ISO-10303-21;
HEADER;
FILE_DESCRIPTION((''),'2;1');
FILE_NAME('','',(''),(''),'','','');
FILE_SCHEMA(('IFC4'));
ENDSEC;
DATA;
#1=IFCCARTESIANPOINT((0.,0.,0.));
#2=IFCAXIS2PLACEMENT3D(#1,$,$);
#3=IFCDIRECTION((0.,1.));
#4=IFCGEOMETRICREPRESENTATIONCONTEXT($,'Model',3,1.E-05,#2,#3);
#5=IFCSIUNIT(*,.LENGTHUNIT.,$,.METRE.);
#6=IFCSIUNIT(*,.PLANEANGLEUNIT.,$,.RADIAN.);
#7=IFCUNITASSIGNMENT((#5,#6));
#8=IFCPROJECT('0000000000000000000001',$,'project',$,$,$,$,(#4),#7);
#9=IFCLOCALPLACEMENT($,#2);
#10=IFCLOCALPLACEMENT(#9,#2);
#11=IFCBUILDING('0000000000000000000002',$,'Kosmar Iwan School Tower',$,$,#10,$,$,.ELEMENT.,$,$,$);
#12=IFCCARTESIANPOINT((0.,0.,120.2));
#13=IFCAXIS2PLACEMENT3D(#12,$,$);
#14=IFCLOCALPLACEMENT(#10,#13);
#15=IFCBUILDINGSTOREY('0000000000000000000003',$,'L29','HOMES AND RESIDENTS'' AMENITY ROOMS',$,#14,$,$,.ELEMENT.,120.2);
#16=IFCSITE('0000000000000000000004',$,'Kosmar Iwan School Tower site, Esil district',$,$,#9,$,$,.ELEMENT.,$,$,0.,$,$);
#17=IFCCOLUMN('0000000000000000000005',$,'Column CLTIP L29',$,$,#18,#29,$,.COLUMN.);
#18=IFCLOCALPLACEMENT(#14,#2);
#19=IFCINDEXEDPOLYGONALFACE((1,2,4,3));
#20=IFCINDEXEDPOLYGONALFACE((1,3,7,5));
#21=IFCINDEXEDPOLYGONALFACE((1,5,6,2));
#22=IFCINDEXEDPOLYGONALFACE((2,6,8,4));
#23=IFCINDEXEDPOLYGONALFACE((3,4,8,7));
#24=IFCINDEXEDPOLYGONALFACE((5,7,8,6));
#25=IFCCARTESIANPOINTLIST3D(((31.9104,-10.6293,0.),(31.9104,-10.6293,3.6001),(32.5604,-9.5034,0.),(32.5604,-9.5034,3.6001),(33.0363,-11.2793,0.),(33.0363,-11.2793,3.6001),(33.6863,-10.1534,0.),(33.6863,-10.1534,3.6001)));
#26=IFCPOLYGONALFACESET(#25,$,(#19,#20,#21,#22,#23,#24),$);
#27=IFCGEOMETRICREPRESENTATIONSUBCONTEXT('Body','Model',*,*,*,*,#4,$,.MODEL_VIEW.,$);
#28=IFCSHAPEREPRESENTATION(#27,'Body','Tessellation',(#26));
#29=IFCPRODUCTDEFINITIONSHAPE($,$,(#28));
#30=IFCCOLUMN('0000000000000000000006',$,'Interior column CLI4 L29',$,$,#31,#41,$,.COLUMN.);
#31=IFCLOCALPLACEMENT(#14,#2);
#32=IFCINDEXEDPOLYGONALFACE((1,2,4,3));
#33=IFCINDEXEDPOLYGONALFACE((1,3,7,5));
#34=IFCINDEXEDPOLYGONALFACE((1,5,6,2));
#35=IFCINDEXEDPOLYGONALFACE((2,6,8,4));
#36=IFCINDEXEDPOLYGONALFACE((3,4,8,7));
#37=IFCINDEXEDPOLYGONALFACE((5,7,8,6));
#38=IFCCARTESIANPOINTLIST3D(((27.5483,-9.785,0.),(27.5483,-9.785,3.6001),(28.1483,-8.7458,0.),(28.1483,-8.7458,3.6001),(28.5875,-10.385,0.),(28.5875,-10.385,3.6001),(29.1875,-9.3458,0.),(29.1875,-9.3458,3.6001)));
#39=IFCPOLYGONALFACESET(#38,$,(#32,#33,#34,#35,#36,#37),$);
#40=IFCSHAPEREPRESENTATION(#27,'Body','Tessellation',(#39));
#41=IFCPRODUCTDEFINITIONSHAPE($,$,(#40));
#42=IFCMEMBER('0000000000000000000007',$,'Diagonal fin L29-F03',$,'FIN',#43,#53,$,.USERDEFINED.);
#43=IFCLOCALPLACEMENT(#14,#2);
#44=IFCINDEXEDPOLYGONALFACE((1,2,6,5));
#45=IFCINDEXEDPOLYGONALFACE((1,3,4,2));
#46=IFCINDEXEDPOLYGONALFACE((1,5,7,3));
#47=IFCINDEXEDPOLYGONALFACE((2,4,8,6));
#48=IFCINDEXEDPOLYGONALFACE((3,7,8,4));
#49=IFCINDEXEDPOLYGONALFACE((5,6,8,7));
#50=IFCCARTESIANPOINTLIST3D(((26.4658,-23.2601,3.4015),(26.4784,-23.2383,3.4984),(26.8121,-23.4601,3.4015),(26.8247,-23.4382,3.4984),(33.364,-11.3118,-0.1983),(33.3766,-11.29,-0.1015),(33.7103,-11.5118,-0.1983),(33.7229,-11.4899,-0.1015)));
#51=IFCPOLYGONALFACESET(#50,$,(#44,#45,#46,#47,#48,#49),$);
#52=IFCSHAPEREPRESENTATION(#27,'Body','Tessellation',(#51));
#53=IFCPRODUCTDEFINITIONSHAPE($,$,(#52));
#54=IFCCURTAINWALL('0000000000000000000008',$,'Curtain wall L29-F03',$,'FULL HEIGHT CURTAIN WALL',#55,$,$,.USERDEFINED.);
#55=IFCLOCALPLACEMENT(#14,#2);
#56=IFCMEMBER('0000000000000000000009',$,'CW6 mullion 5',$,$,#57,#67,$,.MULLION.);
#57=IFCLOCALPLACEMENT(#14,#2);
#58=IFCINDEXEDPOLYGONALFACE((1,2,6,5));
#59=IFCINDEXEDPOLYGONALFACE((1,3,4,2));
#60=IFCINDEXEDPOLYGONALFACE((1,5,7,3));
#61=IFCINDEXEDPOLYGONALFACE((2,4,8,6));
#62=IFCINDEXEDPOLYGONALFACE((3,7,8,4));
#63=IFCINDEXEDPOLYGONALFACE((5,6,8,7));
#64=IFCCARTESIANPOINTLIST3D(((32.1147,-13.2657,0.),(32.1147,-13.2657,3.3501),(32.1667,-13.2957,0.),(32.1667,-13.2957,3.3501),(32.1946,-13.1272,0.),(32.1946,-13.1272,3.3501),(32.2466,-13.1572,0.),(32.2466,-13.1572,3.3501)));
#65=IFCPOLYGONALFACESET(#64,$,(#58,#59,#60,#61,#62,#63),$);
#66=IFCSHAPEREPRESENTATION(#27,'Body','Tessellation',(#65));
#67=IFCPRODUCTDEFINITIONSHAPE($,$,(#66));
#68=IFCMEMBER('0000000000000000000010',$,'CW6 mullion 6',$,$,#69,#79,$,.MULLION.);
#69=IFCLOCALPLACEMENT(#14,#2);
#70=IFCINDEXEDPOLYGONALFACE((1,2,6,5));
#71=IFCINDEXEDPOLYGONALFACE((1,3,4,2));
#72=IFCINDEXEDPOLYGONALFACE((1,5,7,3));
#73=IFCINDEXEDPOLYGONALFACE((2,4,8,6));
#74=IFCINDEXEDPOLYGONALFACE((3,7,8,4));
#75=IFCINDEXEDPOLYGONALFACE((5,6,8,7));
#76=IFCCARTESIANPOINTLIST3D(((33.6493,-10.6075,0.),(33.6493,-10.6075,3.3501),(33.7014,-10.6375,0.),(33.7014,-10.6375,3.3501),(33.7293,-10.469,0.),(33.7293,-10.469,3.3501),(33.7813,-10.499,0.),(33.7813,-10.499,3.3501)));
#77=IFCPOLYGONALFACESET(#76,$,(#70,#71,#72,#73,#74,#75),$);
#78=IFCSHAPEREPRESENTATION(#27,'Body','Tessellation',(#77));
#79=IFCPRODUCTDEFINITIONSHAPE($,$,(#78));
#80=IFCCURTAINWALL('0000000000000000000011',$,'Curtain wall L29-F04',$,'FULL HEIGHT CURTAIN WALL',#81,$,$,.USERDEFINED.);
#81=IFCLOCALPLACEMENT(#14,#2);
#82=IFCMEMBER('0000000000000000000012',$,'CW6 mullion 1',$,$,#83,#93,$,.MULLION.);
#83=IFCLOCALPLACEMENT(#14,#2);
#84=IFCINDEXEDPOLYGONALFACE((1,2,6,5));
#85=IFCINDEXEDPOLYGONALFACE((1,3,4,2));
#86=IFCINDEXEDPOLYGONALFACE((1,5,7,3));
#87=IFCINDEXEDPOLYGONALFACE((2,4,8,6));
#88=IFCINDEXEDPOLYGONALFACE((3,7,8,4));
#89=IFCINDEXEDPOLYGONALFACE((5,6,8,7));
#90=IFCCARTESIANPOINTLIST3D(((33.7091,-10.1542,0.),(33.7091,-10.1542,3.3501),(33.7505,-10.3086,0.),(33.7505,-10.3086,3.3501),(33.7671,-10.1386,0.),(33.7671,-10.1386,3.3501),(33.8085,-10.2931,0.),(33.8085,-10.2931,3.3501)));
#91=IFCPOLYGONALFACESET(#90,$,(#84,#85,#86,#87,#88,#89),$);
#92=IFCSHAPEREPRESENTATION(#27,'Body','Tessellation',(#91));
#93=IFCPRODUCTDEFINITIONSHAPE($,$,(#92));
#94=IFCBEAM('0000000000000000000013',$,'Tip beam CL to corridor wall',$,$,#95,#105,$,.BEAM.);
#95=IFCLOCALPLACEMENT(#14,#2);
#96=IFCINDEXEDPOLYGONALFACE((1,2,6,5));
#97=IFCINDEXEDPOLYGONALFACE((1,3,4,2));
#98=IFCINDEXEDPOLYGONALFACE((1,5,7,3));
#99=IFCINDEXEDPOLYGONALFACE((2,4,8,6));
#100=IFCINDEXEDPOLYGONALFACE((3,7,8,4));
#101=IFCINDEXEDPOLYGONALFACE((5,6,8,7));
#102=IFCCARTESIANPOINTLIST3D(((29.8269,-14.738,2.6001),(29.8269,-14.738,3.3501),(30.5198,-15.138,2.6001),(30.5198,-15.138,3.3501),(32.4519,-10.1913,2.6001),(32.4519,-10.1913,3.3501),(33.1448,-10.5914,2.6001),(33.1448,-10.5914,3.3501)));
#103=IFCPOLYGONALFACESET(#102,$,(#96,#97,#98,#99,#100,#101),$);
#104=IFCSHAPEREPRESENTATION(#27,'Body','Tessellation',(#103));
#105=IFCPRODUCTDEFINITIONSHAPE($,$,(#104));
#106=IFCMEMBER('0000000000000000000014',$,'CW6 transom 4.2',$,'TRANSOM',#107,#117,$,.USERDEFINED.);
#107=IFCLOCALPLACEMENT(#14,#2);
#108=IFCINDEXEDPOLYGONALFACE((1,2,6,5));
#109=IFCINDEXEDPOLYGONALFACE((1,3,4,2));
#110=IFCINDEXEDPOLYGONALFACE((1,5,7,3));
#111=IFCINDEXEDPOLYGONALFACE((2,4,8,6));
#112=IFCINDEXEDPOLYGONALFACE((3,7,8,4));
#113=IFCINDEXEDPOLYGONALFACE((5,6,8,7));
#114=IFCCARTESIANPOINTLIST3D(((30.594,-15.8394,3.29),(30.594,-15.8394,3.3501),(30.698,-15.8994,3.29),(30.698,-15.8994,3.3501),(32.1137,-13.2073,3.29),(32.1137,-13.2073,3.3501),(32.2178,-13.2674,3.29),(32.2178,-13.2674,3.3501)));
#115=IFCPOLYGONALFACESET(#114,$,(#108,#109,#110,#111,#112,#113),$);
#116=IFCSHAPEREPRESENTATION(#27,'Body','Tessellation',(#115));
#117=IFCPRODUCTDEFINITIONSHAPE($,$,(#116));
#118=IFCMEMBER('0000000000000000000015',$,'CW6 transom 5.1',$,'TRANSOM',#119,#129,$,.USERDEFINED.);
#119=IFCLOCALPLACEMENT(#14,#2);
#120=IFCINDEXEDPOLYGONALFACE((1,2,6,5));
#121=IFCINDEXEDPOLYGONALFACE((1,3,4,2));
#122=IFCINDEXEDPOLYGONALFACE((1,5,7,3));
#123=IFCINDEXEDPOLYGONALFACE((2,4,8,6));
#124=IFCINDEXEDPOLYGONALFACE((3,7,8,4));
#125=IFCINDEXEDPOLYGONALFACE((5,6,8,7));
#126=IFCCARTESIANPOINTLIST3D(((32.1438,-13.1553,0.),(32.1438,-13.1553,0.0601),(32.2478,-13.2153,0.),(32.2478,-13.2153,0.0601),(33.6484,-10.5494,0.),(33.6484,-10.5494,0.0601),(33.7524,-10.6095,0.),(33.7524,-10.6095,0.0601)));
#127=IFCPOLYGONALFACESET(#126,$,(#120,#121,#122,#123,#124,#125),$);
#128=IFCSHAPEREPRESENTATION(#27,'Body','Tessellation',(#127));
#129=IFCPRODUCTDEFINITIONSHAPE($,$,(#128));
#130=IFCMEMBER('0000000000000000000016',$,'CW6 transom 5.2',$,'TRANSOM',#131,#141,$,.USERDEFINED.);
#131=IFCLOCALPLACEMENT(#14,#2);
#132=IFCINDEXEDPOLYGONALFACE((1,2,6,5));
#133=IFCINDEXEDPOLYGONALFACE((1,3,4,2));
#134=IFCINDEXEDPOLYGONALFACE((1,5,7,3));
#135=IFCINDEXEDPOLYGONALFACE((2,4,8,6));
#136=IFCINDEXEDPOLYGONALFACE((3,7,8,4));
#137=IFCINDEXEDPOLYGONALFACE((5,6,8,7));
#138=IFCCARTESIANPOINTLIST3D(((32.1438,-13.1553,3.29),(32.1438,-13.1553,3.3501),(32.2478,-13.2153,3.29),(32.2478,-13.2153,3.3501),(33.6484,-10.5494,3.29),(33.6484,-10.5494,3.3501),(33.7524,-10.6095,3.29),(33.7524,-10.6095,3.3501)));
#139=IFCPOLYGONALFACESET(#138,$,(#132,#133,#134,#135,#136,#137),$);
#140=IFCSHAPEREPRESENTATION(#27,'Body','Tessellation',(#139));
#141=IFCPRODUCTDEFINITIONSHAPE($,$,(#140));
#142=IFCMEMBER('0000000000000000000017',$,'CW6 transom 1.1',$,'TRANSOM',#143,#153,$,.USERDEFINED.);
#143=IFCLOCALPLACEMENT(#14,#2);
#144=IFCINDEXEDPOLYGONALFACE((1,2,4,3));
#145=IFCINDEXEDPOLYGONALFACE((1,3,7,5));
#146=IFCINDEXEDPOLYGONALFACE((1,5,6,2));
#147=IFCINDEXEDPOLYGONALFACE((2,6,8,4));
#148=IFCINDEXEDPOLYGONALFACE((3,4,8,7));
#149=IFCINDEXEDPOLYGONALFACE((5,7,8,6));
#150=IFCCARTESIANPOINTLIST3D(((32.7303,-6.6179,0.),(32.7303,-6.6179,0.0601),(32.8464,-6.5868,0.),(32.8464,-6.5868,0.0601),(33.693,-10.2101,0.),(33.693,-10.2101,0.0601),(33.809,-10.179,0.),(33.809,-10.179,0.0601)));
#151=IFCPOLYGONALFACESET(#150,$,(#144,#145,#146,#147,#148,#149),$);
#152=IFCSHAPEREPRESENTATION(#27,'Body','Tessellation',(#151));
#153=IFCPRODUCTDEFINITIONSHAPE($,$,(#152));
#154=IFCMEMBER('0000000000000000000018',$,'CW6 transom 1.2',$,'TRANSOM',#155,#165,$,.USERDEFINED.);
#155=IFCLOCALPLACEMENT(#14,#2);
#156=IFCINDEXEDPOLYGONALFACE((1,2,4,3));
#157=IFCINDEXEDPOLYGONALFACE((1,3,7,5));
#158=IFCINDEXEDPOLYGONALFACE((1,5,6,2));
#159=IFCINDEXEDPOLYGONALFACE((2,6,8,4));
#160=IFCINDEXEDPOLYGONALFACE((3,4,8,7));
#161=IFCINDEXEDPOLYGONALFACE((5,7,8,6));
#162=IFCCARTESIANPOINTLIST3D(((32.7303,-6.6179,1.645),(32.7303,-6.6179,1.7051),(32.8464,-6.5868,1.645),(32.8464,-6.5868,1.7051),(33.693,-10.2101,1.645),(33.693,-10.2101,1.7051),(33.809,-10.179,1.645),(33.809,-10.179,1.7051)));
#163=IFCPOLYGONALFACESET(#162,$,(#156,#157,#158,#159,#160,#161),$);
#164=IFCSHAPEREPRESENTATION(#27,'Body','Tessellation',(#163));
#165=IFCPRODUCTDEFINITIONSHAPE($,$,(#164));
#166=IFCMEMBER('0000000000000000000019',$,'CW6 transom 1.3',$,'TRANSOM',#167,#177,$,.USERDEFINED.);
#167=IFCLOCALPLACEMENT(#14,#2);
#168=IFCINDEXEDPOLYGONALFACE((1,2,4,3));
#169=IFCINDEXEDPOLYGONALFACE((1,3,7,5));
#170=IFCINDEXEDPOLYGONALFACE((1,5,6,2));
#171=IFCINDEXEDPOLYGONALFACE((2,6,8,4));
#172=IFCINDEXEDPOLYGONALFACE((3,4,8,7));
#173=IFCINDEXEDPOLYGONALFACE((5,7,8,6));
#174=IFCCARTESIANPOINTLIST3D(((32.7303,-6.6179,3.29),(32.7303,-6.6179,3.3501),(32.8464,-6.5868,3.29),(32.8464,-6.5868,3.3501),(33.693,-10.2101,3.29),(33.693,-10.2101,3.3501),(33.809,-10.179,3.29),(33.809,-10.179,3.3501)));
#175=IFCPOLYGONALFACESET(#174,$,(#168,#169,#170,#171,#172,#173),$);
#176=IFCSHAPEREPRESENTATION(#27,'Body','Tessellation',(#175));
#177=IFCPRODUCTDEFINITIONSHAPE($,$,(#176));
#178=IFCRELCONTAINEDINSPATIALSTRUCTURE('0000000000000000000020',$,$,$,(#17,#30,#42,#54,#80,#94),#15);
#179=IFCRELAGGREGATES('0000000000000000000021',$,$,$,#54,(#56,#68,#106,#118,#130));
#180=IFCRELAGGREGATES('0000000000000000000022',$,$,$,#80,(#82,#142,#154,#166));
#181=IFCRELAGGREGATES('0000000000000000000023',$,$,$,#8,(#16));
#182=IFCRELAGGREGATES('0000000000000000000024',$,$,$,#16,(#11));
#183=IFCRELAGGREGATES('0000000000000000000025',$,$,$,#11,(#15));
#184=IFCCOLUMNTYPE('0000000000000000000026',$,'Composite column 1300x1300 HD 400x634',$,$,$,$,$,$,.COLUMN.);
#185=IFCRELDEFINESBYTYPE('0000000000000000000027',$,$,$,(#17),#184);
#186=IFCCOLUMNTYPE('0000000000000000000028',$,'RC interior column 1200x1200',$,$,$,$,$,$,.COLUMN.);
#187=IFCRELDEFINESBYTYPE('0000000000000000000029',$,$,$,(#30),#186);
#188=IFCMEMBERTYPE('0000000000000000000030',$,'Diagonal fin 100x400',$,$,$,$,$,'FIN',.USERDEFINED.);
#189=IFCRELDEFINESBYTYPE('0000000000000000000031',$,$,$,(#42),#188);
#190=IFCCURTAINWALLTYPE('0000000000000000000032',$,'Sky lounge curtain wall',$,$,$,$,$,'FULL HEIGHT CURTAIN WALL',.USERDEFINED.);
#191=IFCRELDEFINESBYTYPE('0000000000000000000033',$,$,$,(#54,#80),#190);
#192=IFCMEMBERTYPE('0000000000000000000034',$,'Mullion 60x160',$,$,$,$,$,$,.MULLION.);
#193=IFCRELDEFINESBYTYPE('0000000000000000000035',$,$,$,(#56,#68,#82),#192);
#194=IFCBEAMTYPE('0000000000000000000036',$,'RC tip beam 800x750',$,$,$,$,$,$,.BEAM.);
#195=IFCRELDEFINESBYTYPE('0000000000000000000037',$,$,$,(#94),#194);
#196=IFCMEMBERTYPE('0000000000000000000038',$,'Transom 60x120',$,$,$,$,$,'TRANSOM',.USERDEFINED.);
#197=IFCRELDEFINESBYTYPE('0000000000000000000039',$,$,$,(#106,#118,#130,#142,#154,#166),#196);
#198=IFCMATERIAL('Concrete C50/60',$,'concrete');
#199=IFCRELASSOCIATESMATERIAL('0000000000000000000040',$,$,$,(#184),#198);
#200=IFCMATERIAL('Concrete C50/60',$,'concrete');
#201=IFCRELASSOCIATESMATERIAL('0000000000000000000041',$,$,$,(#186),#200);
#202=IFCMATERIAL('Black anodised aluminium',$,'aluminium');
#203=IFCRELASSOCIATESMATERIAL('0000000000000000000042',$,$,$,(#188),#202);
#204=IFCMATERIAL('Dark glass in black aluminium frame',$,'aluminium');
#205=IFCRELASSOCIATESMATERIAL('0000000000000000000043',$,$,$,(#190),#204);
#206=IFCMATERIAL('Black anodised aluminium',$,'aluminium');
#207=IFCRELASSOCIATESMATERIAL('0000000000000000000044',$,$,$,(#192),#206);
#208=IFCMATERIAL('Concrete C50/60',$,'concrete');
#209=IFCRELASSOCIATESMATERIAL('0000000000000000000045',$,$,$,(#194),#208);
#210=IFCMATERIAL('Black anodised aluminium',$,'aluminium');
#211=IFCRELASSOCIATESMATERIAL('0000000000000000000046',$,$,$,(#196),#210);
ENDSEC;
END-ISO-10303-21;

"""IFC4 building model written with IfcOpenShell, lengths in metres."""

from ifc_helpers import new_model, si_unit, direction, frame, origin, origin_2d, place, context, subcontext, project, spatial, rectangle, extrude, material, material_profile, profile_set, type_object, element, aggregate, save


model = new_model("IFC4")

# Units and contexts
model_context = context("Model", 3, precision=1e-05, world=origin(), true_north=direction((0.0, 1.0)))
body_context = subcontext(model_context, "Body", "Model", "MODEL_VIEW")
ifc_project = project(units=[si_unit("LENGTHUNIT", "METRE"), si_unit("PLANEANGLEUNIT", "RADIAN")], contexts=[model_context])

# Site, building, storey
site_placement = place(None, origin())
site = spatial("IfcSite", under=ifc_project, at=site_placement, Name="Kosmar Iwan School Tower site, Esil district", CompositionType="ELEMENT", RefElevation=0.0)
building_placement = place(site_placement, origin())
building = spatial("IfcBuilding", under=site, at=building_placement, Name="Kosmar Iwan School Tower", CompositionType="ELEMENT")
storey_placement = place(building_placement, frame((0.0, 0.0, 120.2)))
storey = spatial("IfcBuildingStorey", under=building, at=storey_placement, Name="L29", Description="HOMES AND RESIDENTS' AMENITY ROOMS", CompositionType="ELEMENT", Elevation=120.2)

# Columns
ifc_material_1 = material(Name="Concrete C50/60", Category="concrete")
ifc_material_profile_1 = material_profile(ifc_material_1, rectangle(XDim=1.3, YDim=1.3, at=origin_2d()), Name="RC 1300x1300 + HD 400x634")
ifc_profile_set_1 = profile_set([ifc_material_profile_1], Name="Concrete C50/60")
column_type_1 = type_object("IfcColumnType", Name="Composite column 1300x1300 HD 400x634", PredefinedType="COLUMN", material=ifc_profile_set_1)
column_1_placement = place(storey_placement, frame((32.7983, -10.3914, 0.0), z_axis=(0.0, 0.0, 1.0), x_axis=(0.866025, -0.5, 0.0)))
element("IfcColumn", 1, at=column_1_placement, inside=storey, type_object=column_type_1, Name="Column CLTIP L29", PredefinedType="COLUMN", context=body_context, shape_type="SweptSolid", body=[
    extrude(rectangle(XDim=1.3, YDim=1.3, at=origin_2d()), origin(), (0.0, 0.0, 1.0), 3.6001),
])
ifc_material_2 = material(Name="Concrete C50/60", Category="concrete")
ifc_material_profile_2 = material_profile(ifc_material_2, rectangle(XDim=1.2, YDim=1.2, at=origin_2d()), Name="RC 1200x1200")
ifc_profile_set_2 = profile_set([ifc_material_profile_2], Name="Concrete C50/60")
column_type_2 = type_object("IfcColumnType", Name="RC interior column 1200x1200", PredefinedType="COLUMN", material=ifc_profile_set_2)
column_2_placement = place(storey_placement, frame((28.3679, -9.5654, 0.0), z_axis=(0.0, 0.0, 1.0), x_axis=(0.866025, -0.5, 0.0)))
element("IfcColumn", 2, at=column_2_placement, inside=storey, type_object=column_type_2, Name="Interior column CLI4 L29", PredefinedType="COLUMN", context=body_context, shape_type="SweptSolid", body=[
    extrude(rectangle(XDim=1.2, YDim=1.2, at=origin_2d()), origin(), (0.0, 0.0, 1.0), 3.6001),
])

# Member
ifc_material_3 = material(Name="Black anodised aluminium", Category="aluminium")
ifc_material_profile_3 = material_profile(ifc_material_3, rectangle(XDim=0.1001, YDim=0.3999, at=origin_2d()), Name="FIN 100x400")
ifc_profile_set_3 = profile_set([ifc_material_profile_3], Name="Black anodised aluminium")
member_type_1 = type_object("IfcMemberType", Name="Diagonal fin 100x400", ElementType="FIN", PredefinedType="USERDEFINED", material=ifc_profile_set_3)
member_1_placement = place(storey_placement, frame((33.5435, -11.4009, -0.1499), z_axis=(-0.483796, -0.837974, 0.252471), x_axis=(0.126234, 0.218647, 0.967604)))
element("IfcMember", 3, at=member_1_placement, inside=storey, type_object=member_type_1, Name="Diagonal fin L29-F03", ObjectType="FIN", PredefinedType="USERDEFINED", context=body_context, shape_type="SweptSolid", body=[
    extrude(rectangle(XDim=0.1001, YDim=0.3999, at=origin_2d()), origin(), (0.0, 0.0, 1.0), 14.2585),
])

# Curtain wall, members
ifc_material_4 = material(Name="Dark glass in black aluminium frame", Category="aluminium")
curtain_wall_type = type_object("IfcCurtainWallType", Name="Sky lounge curtain wall", ElementType="FULL HEIGHT CURTAIN WALL", PredefinedType="USERDEFINED", material=ifc_material_4)
curtain_wall_1_placement = place(storey_placement, origin())
curtain_wall_1 = element("IfcCurtainWall", 4, at=curtain_wall_1_placement, inside=storey, type_object=curtain_wall_type, Name="Curtain wall L29-F03", ObjectType="FULL HEIGHT CURTAIN WALL", PredefinedType="USERDEFINED")
ifc_material_5 = material(Name="Black anodised aluminium", Category="aluminium")
ifc_material_profile_4 = material_profile(ifc_material_5, rectangle(XDim=0.0601, YDim=0.1599, at=origin_2d()), Name="MULLION 60x160")
ifc_profile_set_4 = profile_set([ifc_material_profile_4], Name="Black anodised aluminium")
member_type_2 = type_object("IfcMemberType", Name="Mullion 60x160", PredefinedType="MULLION", material=ifc_profile_set_4)
member_2_placement = place(storey_placement, frame((32.1807, -13.2114, 0.0), z_axis=(0.0, 0.0, 1.0), x_axis=(-0.866025, 0.5, 0.0)))
member_2 = element("IfcMember", 5, at=member_2_placement, type_object=member_type_2, Name="CW6 mullion 5", PredefinedType="MULLION", context=body_context, shape_type="SweptSolid", body=[
    extrude(rectangle(XDim=0.0601, YDim=0.1599, at=origin_2d()), origin(), (0.0, 0.0, 1.0), 3.3501),
])
member_3_placement = place(storey_placement, frame((33.7153, -10.5532, 0.0), z_axis=(0.0, 0.0, 1.0), x_axis=(-0.866025, 0.5, 0.0)))
member_3 = element("IfcMember", 6, at=member_3_placement, type_object=member_type_2, Name="CW6 mullion 6", PredefinedType="MULLION", context=body_context, shape_type="SweptSolid", body=[
    extrude(rectangle(XDim=0.0601, YDim=0.1599, at=origin_2d()), origin(), (0.0, 0.0, 1.0), 3.3501),
])

# Curtain wall, member
curtain_wall_2_placement = place(storey_placement, origin())
curtain_wall_2 = element("IfcCurtainWall", 7, at=curtain_wall_2_placement, inside=storey, type_object=curtain_wall_type, Name="Curtain wall L29-F04", ObjectType="FULL HEIGHT CURTAIN WALL", PredefinedType="USERDEFINED")
member_4_placement = place(storey_placement, frame((33.7588, -10.2236, 0.0), z_axis=(0.0, 0.0, 1.0), x_axis=(-0.965926, -0.258819, 0.0)))
member_4 = element("IfcMember", 8, at=member_4_placement, type_object=member_type_2, Name="CW6 mullion 1", PredefinedType="MULLION", context=body_context, shape_type="SweptSolid", body=[
    extrude(rectangle(XDim=0.0601, YDim=0.1599, at=origin_2d()), origin(), (0.0, 0.0, 1.0), 3.3501),
])

# Beam
ifc_material_6 = material(Name="Concrete C50/60", Category="concrete")
ifc_material_profile_5 = material_profile(ifc_material_6, rectangle(XDim=0.8, YDim=0.75, at=origin_2d()), Name="RC 800x750")
ifc_profile_set_5 = profile_set([ifc_material_profile_5], Name="Concrete C50/60")
beam_type = type_object("IfcBeamType", Name="RC tip beam 800x750", PredefinedType="BEAM", material=ifc_profile_set_5)
beam_placement = place(storey_placement, frame((32.7983, -10.3914, 2.9751), z_axis=(-0.5, -0.866025, 0.0), x_axis=(0.866025, -0.5, 0.0)))
element("IfcBeam", 9, at=beam_placement, inside=storey, type_object=beam_type, Name="Tip beam CL to corridor wall", PredefinedType="BEAM", context=body_context, shape_type="SweptSolid", body=[
    extrude(rectangle(XDim=0.8, YDim=0.75, at=origin_2d()), origin(), (0.0, 0.0, 1.0), 5.25),
])

# Members
ifc_material_7 = material(Name="Black anodised aluminium", Category="aluminium")
ifc_material_profile_6 = material_profile(ifc_material_7, rectangle(XDim=0.1201, YDim=0.0601, at=origin_2d()), Name="TRANSOM 60x120")
ifc_profile_set_6 = profile_set([ifc_material_profile_6], Name="Black anodised aluminium")
member_type_3 = type_object("IfcMemberType", Name="Transom 60x120", ElementType="TRANSOM", PredefinedType="USERDEFINED", material=ifc_profile_set_6)
member_5_placement = place(storey_placement, frame((30.646, -15.8694, 3.3201), z_axis=(0.500035, 0.866005, 0.0), x_axis=(-0.866005, 0.500035, 0.0)))
member_5 = element("IfcMember", 10, at=member_5_placement, type_object=member_type_3, Name="CW6 transom 4.2", ObjectType="TRANSOM", PredefinedType="USERDEFINED", context=body_context, shape_type="SweptSolid", body=[
    extrude(rectangle(XDim=0.1201, YDim=0.0601, at=origin_2d()), origin(), (0.0, 0.0, 1.0), 3.0393),
])
member_6_placement = place(storey_placement, frame((32.1958, -13.1853, 0.03), z_axis=(0.500022, 0.866013, 0.0), x_axis=(-0.866013, 0.500022, 0.0)))
member_6 = element("IfcMember", 11, at=member_6_placement, type_object=member_type_3, Name="CW6 transom 5.1", ObjectType="TRANSOM", PredefinedType="USERDEFINED", context=body_context, shape_type="SweptSolid", body=[
    extrude(rectangle(XDim=0.1201, YDim=0.0601, at=origin_2d()), origin(), (0.0, 0.0, 1.0), 3.009),
])
member_7_placement = place(storey_placement, frame((32.1958, -13.1853, 3.3201), z_axis=(0.500022, 0.866013, 0.0), x_axis=(-0.866013, 0.500022, 0.0)))
member_7 = element("IfcMember", 12, at=member_7_placement, type_object=member_type_3, Name="CW6 transom 5.2", ObjectType="TRANSOM", PredefinedType="USERDEFINED", context=body_context, shape_type="SweptSolid", body=[
    extrude(rectangle(XDim=0.1201, YDim=0.0601, at=origin_2d()), origin(), (0.0, 0.0, 1.0), 3.009),
])
member_8_placement = place(storey_placement, frame((33.751, -10.1946, 0.03), z_axis=(-0.258843, 0.965919, 0.0), x_axis=(-0.965919, -0.258843, 0.0)))
member_8 = element("IfcMember", 13, at=member_8_placement, type_object=member_type_3, Name="CW6 transom 1.1", ObjectType="TRANSOM", PredefinedType="USERDEFINED", context=body_context, shape_type="SweptSolid", body=[
    extrude(rectangle(XDim=0.1201, YDim=0.0601, at=origin_2d()), origin(), (0.0, 0.0, 1.0), 3.719),
])
member_9_placement = place(storey_placement, frame((33.751, -10.1946, 1.675), z_axis=(-0.258843, 0.965919, 0.0), x_axis=(-0.965919, -0.258843, 0.0)))
member_9 = element("IfcMember", 14, at=member_9_placement, type_object=member_type_3, Name="CW6 transom 1.2", ObjectType="TRANSOM", PredefinedType="USERDEFINED", context=body_context, shape_type="SweptSolid", body=[
    extrude(rectangle(XDim=0.1201, YDim=0.0601, at=origin_2d()), origin(), (0.0, 0.0, 1.0), 3.719),
])
member_10_placement = place(storey_placement, frame((33.751, -10.1946, 3.3201), z_axis=(-0.258843, 0.965919, 0.0), x_axis=(-0.965919, -0.258843, 0.0)))
member_10 = element("IfcMember", 15, at=member_10_placement, type_object=member_type_3, Name="CW6 transom 1.3", ObjectType="TRANSOM", PredefinedType="USERDEFINED", context=body_context, shape_type="SweptSolid", body=[
    extrude(rectangle(XDim=0.1201, YDim=0.0601, at=origin_2d()), origin(), (0.0, 0.0, 1.0), 3.719),
])

aggregate(curtain_wall_1, [member_2, member_3, member_5, member_6, member_7])
aggregate(curtain_wall_2, [member_4, member_8, member_9, member_10])

save(model, "model.ifc")
